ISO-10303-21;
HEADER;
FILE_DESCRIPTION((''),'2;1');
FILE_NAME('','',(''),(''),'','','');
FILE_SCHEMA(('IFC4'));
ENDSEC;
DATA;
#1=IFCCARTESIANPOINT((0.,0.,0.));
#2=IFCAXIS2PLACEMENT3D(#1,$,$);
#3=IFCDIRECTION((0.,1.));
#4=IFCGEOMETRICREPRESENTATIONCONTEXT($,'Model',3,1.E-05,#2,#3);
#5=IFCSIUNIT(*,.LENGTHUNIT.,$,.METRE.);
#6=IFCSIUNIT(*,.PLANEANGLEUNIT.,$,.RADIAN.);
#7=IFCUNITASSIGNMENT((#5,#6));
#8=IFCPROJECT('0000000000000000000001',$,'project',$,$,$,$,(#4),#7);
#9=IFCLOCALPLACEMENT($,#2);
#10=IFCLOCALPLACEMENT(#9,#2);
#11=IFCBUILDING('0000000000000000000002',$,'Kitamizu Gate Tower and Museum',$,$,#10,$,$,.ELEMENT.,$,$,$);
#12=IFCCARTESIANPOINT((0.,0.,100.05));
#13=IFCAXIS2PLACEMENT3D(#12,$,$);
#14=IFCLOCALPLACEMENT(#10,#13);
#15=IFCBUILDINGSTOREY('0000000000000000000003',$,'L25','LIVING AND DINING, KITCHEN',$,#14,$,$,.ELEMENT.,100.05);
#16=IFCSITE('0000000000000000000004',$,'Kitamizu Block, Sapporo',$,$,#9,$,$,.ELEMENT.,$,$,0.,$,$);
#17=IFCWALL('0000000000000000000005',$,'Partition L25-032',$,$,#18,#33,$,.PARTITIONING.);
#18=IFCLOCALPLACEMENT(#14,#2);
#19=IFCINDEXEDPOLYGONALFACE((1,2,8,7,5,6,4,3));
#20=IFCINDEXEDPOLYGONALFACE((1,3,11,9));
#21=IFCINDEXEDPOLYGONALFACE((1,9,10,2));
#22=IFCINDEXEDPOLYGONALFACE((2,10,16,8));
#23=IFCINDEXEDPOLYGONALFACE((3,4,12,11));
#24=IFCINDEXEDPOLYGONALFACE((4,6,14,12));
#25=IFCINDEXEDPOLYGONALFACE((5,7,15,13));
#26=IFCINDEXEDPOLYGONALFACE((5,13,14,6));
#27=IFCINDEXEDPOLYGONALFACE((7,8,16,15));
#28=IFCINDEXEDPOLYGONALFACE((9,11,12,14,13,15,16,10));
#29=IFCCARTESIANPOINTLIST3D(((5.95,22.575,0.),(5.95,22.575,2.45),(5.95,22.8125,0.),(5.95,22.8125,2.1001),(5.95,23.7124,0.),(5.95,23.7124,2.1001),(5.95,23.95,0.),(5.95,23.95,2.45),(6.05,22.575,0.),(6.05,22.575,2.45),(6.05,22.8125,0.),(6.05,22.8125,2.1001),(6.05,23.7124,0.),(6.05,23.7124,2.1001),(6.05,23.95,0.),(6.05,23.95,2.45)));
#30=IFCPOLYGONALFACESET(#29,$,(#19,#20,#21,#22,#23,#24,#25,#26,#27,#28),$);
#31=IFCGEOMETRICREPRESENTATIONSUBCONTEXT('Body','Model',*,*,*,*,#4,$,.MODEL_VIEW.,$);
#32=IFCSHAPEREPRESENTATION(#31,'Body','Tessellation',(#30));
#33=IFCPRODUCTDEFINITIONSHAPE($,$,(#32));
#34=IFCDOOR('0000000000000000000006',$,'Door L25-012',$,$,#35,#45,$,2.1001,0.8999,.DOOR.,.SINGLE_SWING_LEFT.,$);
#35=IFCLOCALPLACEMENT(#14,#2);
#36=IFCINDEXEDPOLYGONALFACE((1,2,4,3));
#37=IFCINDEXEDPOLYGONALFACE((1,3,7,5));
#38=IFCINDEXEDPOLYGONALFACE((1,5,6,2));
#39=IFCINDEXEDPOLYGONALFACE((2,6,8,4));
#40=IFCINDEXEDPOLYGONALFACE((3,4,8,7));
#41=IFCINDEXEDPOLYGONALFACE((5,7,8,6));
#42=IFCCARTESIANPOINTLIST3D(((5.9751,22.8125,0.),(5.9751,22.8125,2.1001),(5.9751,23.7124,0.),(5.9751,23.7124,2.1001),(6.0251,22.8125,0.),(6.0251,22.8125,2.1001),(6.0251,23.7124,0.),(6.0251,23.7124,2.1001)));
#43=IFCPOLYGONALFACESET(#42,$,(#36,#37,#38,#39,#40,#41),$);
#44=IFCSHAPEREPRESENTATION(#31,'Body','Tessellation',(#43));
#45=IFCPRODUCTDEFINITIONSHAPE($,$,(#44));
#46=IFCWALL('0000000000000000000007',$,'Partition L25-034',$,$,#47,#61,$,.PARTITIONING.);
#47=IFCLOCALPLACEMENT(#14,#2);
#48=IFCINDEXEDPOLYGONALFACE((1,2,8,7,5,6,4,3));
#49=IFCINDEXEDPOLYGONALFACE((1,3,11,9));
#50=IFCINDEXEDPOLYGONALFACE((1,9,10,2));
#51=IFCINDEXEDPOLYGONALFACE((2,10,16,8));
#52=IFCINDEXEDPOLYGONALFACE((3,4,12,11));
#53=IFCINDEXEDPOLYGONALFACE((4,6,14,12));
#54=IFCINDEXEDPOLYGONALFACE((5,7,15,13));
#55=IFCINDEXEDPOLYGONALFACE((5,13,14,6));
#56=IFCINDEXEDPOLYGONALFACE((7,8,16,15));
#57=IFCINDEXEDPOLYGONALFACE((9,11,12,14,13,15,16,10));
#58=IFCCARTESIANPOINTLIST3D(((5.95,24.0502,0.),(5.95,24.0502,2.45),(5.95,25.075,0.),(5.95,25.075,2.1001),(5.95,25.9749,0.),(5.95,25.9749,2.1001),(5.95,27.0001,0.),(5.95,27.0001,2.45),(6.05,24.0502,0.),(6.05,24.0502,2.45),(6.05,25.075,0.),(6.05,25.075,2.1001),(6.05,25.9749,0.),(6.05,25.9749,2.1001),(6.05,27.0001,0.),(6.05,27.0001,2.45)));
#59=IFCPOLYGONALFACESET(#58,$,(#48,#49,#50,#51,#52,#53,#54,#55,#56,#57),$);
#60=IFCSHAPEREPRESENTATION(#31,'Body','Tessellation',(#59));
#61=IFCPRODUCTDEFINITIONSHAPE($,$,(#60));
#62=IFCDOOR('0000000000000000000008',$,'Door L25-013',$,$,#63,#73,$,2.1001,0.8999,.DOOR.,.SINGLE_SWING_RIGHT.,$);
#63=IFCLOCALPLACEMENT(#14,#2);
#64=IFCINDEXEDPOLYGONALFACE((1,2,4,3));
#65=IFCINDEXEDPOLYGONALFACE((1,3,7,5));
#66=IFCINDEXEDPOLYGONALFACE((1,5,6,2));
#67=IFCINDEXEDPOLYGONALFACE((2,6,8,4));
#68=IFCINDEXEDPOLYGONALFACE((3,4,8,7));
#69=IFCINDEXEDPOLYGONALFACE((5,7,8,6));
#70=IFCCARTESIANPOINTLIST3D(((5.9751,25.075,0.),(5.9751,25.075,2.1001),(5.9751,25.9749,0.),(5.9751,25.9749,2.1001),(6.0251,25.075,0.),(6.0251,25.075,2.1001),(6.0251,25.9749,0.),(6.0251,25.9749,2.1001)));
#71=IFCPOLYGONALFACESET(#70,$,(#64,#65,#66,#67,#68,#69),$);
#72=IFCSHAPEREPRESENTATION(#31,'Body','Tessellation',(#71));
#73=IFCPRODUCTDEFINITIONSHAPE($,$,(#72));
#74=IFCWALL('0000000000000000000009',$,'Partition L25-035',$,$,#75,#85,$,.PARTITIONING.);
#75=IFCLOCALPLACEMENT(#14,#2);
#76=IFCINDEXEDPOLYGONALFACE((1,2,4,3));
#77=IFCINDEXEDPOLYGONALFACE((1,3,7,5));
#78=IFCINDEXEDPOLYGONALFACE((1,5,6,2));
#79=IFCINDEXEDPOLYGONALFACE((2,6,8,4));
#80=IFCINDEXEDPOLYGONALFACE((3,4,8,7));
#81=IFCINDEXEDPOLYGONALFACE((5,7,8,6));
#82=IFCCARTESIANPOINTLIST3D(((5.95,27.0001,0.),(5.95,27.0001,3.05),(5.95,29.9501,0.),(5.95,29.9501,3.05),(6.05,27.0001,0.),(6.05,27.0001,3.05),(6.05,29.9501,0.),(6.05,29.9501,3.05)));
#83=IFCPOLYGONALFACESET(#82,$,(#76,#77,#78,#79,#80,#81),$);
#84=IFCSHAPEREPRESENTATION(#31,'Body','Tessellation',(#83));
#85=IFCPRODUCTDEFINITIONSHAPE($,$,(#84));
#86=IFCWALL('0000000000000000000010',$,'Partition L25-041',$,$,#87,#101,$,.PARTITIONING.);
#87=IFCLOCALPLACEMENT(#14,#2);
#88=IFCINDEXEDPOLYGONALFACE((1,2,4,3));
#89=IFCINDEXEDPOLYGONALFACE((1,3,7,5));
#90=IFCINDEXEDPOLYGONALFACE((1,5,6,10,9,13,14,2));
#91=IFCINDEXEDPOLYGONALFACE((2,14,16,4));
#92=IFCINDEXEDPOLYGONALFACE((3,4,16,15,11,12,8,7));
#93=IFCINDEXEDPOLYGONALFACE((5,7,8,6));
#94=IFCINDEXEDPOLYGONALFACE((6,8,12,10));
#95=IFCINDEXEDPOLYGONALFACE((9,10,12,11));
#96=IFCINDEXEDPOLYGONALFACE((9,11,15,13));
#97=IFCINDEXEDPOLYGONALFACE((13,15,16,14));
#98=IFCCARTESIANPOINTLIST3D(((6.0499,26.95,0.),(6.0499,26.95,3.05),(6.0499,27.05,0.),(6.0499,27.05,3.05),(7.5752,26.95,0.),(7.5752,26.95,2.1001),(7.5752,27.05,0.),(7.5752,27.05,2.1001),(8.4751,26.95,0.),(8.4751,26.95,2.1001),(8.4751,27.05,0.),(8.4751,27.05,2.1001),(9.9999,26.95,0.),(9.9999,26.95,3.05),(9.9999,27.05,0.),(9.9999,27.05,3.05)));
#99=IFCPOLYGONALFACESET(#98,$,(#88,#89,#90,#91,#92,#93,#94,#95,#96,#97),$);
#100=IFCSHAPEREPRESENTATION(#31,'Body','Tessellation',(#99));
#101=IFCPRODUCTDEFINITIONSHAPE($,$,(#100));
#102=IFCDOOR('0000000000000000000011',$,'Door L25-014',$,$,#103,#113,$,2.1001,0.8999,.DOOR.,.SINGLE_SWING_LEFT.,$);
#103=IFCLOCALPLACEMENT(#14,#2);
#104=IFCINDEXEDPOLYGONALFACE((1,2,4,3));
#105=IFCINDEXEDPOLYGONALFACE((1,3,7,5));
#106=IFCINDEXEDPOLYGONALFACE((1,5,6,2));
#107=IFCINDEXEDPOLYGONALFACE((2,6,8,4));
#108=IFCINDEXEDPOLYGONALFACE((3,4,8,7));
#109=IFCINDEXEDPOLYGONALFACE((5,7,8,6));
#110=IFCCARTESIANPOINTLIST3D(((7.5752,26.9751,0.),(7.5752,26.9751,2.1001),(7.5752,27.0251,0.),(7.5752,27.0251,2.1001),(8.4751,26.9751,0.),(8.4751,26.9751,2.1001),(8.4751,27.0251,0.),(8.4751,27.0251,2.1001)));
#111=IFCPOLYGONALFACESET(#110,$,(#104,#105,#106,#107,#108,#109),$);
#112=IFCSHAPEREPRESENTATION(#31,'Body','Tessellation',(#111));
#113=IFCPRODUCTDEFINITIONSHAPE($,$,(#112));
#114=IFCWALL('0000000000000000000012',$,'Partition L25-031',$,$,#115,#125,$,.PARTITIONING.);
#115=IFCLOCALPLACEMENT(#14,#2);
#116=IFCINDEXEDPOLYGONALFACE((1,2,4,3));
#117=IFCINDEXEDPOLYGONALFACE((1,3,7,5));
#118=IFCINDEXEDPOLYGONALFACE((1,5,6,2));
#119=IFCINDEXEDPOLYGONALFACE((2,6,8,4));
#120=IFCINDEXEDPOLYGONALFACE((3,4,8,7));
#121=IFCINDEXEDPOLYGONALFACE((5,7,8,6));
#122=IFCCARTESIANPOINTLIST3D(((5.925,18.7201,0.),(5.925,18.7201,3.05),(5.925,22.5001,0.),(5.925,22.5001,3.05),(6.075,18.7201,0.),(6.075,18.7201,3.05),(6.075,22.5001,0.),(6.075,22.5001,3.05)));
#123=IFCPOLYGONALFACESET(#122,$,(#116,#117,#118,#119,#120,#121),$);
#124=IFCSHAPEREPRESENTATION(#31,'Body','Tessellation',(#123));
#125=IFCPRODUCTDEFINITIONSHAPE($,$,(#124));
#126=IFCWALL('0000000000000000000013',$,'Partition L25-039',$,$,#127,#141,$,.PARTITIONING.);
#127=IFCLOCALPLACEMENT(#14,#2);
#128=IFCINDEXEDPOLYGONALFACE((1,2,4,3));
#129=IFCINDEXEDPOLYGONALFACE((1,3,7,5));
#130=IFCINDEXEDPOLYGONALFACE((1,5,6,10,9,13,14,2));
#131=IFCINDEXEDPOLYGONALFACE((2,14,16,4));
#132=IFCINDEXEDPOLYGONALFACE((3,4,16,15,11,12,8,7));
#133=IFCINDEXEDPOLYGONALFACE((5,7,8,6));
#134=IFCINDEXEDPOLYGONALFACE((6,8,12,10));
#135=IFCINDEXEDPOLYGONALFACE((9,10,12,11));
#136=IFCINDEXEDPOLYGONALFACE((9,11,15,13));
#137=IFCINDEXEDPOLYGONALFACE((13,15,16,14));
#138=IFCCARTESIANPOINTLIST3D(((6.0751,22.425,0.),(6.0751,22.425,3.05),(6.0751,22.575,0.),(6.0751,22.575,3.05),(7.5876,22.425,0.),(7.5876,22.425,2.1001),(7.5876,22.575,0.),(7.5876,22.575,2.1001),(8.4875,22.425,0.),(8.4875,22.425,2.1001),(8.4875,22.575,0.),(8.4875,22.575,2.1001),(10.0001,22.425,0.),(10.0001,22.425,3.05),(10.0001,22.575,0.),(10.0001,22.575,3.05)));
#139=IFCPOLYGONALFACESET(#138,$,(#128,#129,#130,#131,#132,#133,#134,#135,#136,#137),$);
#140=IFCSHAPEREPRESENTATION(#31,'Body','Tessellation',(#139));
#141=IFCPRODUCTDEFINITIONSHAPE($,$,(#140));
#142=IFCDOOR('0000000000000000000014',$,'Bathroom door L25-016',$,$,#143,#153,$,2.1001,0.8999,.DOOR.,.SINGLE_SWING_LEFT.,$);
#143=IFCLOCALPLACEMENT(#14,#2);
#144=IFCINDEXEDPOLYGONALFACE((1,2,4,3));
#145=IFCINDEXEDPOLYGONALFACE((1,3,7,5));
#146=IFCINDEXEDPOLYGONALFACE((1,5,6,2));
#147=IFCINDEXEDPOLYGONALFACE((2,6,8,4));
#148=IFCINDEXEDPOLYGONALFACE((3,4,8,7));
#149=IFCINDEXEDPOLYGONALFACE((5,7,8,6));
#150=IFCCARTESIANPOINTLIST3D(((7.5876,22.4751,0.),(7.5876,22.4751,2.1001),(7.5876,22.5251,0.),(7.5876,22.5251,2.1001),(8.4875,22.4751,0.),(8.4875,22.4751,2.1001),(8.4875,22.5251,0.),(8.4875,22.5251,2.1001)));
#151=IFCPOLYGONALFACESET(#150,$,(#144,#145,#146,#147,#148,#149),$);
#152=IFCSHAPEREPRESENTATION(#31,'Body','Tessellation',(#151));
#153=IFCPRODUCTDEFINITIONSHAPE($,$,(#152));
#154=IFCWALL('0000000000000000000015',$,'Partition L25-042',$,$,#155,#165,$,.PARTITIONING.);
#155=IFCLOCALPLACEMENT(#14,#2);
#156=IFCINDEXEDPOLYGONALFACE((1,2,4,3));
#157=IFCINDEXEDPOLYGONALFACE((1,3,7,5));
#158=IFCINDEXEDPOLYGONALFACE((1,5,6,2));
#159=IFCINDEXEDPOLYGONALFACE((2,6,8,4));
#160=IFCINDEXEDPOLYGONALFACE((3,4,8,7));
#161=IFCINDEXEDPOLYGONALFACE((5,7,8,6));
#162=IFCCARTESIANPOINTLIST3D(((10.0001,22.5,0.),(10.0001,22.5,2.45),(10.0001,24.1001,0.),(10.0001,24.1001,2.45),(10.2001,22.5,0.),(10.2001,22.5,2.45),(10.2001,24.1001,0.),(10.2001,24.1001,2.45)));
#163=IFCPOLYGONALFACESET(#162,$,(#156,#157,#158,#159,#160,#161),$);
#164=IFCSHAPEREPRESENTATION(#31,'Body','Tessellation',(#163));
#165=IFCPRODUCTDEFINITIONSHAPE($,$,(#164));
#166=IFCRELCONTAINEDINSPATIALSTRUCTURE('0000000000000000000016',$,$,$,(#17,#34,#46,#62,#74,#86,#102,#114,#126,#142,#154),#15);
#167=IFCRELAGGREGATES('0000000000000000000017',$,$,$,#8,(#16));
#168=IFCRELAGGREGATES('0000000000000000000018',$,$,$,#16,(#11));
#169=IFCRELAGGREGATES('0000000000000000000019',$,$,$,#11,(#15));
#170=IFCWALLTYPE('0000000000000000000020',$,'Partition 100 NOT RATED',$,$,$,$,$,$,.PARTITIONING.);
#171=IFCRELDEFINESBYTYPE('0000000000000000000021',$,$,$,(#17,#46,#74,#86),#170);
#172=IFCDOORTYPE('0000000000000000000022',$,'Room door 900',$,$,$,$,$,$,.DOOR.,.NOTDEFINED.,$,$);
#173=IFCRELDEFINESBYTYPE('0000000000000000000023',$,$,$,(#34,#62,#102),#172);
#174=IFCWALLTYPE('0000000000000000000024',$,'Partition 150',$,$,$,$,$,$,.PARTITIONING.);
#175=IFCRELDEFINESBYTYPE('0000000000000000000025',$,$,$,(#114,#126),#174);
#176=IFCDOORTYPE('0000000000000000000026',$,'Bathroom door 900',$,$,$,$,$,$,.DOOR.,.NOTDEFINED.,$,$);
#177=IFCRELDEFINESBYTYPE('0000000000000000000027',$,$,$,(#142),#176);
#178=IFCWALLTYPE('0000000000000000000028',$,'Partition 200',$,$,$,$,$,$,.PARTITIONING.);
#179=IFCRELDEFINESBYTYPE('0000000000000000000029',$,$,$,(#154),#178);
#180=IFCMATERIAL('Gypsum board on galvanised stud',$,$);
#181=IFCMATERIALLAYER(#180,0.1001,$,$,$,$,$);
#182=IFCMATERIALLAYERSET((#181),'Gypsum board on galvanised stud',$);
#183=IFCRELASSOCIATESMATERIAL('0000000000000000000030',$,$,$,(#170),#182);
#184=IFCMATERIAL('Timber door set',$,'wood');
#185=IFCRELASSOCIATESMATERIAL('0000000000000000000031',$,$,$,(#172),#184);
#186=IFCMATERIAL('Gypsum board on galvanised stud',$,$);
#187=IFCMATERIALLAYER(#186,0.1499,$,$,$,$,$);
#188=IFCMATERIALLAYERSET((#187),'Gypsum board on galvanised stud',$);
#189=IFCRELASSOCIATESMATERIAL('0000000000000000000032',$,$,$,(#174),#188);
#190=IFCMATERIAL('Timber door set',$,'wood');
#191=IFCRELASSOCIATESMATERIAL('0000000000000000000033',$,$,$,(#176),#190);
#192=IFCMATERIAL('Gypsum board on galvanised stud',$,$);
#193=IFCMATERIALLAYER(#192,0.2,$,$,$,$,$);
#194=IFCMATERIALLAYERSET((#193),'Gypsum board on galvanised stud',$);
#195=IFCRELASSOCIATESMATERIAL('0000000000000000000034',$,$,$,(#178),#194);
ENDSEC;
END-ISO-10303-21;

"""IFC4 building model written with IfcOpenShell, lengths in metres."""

from ifc_helpers import new_model, si_unit, direction, frame, frame_2d, origin, place, context, subcontext, project, spatial, rectangle, extrude, material, layer, layer_set, type_object, element, fill, save


model = new_model("IFC4")

# Units and contexts
model_context = context("Model", 3, precision=1e-05, world=origin(), true_north=direction((0.0, 1.0)))
body_context = subcontext(model_context, "Body", "Model", "MODEL_VIEW")
ifc_project = project(units=[si_unit("LENGTHUNIT", "METRE"), si_unit("PLANEANGLEUNIT", "RADIAN")], contexts=[model_context])

# Site, building, storey
site_placement = place(None, origin())
site = spatial("IfcSite", under=ifc_project, at=site_placement, Name="Kitamizu Block, Sapporo", CompositionType="ELEMENT", RefElevation=0.0)
building_placement = place(site_placement, origin())
building = spatial("IfcBuilding", under=site, at=building_placement, Name="Kitamizu Gate Tower and Museum", CompositionType="ELEMENT")
storey_placement = place(building_placement, frame((0.0, 0.0, 100.05)))
storey = spatial("IfcBuildingStorey", under=building, at=storey_placement, Name="L25", Description="LIVING AND DINING, KITCHEN", CompositionType="ELEMENT", Elevation=100.05)

# Shared definitions
ifc_material_1 = material(Name="Gypsum board on galvanised stud")
ifc_layer_1 = layer(ifc_material_1, 0.1001)
ifc_layer_set_1 = layer_set([ifc_layer_1], Name="Gypsum board on galvanised stud")
wall_type_1 = type_object("IfcWallType", Name="Partition 100 NOT RATED", PredefinedType="PARTITIONING", material=ifc_layer_set_1)

# Walls, openings, doors
wall_1_placement = place(storey_placement, frame((6.0, 22.575, 0.0), z_axis=(0.0, 0.0, 1.0), x_axis=(0.0, 1.0, 0.0)))
wall_1 = element("IfcWall", 1, at=wall_1_placement, inside=storey, type_object=wall_type_1, Name="Partition L25-032", PredefinedType="PARTITIONING", context=body_context, shape_type="SweptSolid", body=[
    extrude(rectangle(XDim=1.375, YDim=0.1001, at=frame_2d((0.6875, 0.0))), origin(), (0.0, 0.0, 1.0), 2.45),
])
opening_1_placement = place(wall_1_placement, frame((0.2375, 0.0, 0.0)))
opening_1 = element("IfcOpeningElement", 2, at=opening_1_placement, cuts=wall_1, PredefinedType="OPENING", context=body_context, shape_type="SweptSolid", body=[
    extrude(rectangle(XDim=0.8999, YDim=2.1001, at=frame_2d((0.45, 1.05))), frame((0.0, 0.0601, 0.0), z_axis=(0.0, -1.0, 0.0), x_axis=(1.0, 0.0, 0.0)), (0.0, 0.0, 1.0), 0.1201),
])
ifc_material_2 = material(Name="Timber door set", Category="wood")
door_type_1 = type_object("IfcDoorType", Name="Room door 900", OperationType="NOTDEFINED", PredefinedType="DOOR", material=ifc_material_2)
door_1_placement = place(opening_1_placement, origin())
door_1 = element("IfcDoor", 3, at=door_1_placement, inside=storey, type_object=door_type_1, Name="Door L25-012", OperationType="SINGLE_SWING_LEFT", OverallHeight=2.1001, OverallWidth=0.8999, PredefinedType="DOOR", context=body_context, shape_type="SweptSolid", body=[
    extrude(rectangle(XDim=0.8999, YDim=2.1001, at=frame_2d((0.45, 1.05))), frame((0.0, 0.0249, 0.0), z_axis=(0.0, -1.0, 0.0), x_axis=(1.0, 0.0, 0.0)), (0.0, 0.0, 1.0), 0.05),
])
fill(opening_1, door_1)
wall_2_placement = place(storey_placement, frame((6.0, 24.05, 0.0), z_axis=(0.0, 0.0, 1.0), x_axis=(0.0, 1.0, 0.0)))
wall_2 = element("IfcWall", 4, at=wall_2_placement, inside=storey, type_object=wall_type_1, Name="Partition L25-034", PredefinedType="PARTITIONING", context=body_context, shape_type="SweptSolid", body=[
    extrude(rectangle(XDim=2.95, YDim=0.1001, at=frame_2d((1.4751, 0.0))), origin(), (0.0, 0.0, 1.0), 2.45),
])
opening_2_placement = place(wall_2_placement, frame((1.0249, 0.0, 0.0)))
opening_2 = element("IfcOpeningElement", 5, at=opening_2_placement, cuts=wall_2, PredefinedType="OPENING", context=body_context, shape_type="SweptSolid", body=[
    extrude(rectangle(XDim=0.8999, YDim=2.1001, at=frame_2d((0.45, 1.05))), frame((0.0, 0.0601, 0.0), z_axis=(0.0, -1.0, 0.0), x_axis=(1.0, 0.0, 0.0)), (0.0, 0.0, 1.0), 0.1201),
])
door_2_placement = place(opening_2_placement, origin())
door_2 = element("IfcDoor", 6, at=door_2_placement, inside=storey, type_object=door_type_1, Name="Door L25-013", OperationType="SINGLE_SWING_RIGHT", OverallHeight=2.1001, OverallWidth=0.8999, PredefinedType="DOOR", context=body_context, shape_type="SweptSolid", body=[
    extrude(rectangle(XDim=0.8999, YDim=2.1001, at=frame_2d((0.45, 1.05))), frame((0.0, 0.0249, 0.0), z_axis=(0.0, -1.0, 0.0), x_axis=(1.0, 0.0, 0.0)), (0.0, 0.0, 1.0), 0.05),
])
fill(opening_2, door_2)

# Wall
wall_3_placement = place(storey_placement, frame((6.0, 27.0, 0.0), z_axis=(0.0, 0.0, 1.0), x_axis=(0.0, 1.0, 0.0)))
element("IfcWall", 7, at=wall_3_placement, inside=storey, type_object=wall_type_1, Name="Partition L25-035", PredefinedType="PARTITIONING", context=body_context, shape_type="SweptSolid", body=[
    extrude(rectangle(XDim=2.95, YDim=0.1001, at=frame_2d((1.4751, 0.0))), origin(), (0.0, 0.0, 1.0), 3.05),
])

# Wall, opening, door
wall_4_placement = place(storey_placement, frame((10.0, 27.0, 0.0), z_axis=(0.0, 0.0, 1.0), x_axis=(-1.0, 0.0, 0.0)))
wall_4 = element("IfcWall", 8, at=wall_4_placement, inside=storey, type_object=wall_type_1, Name="Partition L25-041", PredefinedType="PARTITIONING", context=body_context, shape_type="SweptSolid", body=[
    extrude(rectangle(XDim=3.95, YDim=0.1001, at=frame_2d((1.9751, 0.0))), origin(), (0.0, 0.0, 1.0), 3.05),
])
opening_3_placement = place(wall_4_placement, frame((1.5249, 0.0, 0.0)))
opening_3 = element("IfcOpeningElement", 9, at=opening_3_placement, cuts=wall_4, PredefinedType="OPENING", context=body_context, shape_type="SweptSolid", body=[
    extrude(rectangle(XDim=0.8999, YDim=2.1001, at=frame_2d((0.45, 1.05))), frame((0.0, 0.0601, 0.0), z_axis=(0.0, -1.0, 0.0), x_axis=(1.0, 0.0, 0.0)), (0.0, 0.0, 1.0), 0.1201),
])
door_3_placement = place(opening_3_placement, origin())
door_3 = element("IfcDoor", 10, at=door_3_placement, inside=storey, type_object=door_type_1, Name="Door L25-014", OperationType="SINGLE_SWING_LEFT", OverallHeight=2.1001, OverallWidth=0.8999, PredefinedType="DOOR", context=body_context, shape_type="SweptSolid", body=[
    extrude(rectangle(XDim=0.8999, YDim=2.1001, at=frame_2d((0.45, 1.05))), frame((0.0, 0.0249, 0.0), z_axis=(0.0, -1.0, 0.0), x_axis=(1.0, 0.0, 0.0)), (0.0, 0.0, 1.0), 0.05),
])
fill(opening_3, door_3)

# Wall
ifc_material_3 = material(Name="Gypsum board on galvanised stud")
ifc_layer_2 = layer(ifc_material_3, 0.1499)
ifc_layer_set_2 = layer_set([ifc_layer_2], Name="Gypsum board on galvanised stud")
wall_type_2 = type_object("IfcWallType", Name="Partition 150", PredefinedType="PARTITIONING", material=ifc_layer_set_2)
wall_5_placement = place(storey_placement, frame((6.0, 18.72, 0.0), z_axis=(0.0, 0.0, 1.0), x_axis=(0.0, 1.0, 0.0)))
element("IfcWall", 11, at=wall_5_placement, inside=storey, type_object=wall_type_2, Name="Partition L25-031", PredefinedType="PARTITIONING", context=body_context, shape_type="SweptSolid", body=[
    extrude(rectangle(XDim=3.78, YDim=0.1499, at=frame_2d((1.8901, 0.0))), origin(), (0.0, 0.0, 1.0), 3.05),
])

# Wall, opening, door
wall_6_placement = place(storey_placement, frame((10.0, 22.5, 0.0), z_axis=(0.0, 0.0, 1.0), x_axis=(-1.0, 0.0, 0.0)))
wall_6 = element("IfcWall", 12, at=wall_6_placement, inside=storey, type_object=wall_type_2, Name="Partition L25-039", PredefinedType="PARTITIONING", context=body_context, shape_type="SweptSolid", body=[
    extrude(rectangle(XDim=3.925, YDim=0.1499, at=frame_2d((1.9624, 0.0))), origin(), (0.0, 0.0, 1.0), 3.05),
])
opening_4_placement = place(wall_6_placement, frame((1.5125, 0.0, 0.0)))
opening_4 = element("IfcOpeningElement", 13, at=opening_4_placement, cuts=wall_6, PredefinedType="OPENING", context=body_context, shape_type="SweptSolid", body=[
    extrude(rectangle(XDim=0.8999, YDim=2.1001, at=frame_2d((0.45, 1.05))), frame((0.0, 0.085, 0.0), z_axis=(0.0, -1.0, 0.0), x_axis=(1.0, 0.0, 0.0)), (0.0, 0.0, 1.0), 0.1699),
])
ifc_material_4 = material(Name="Timber door set", Category="wood")
door_type_2 = type_object("IfcDoorType", Name="Bathroom door 900", OperationType="NOTDEFINED", PredefinedType="DOOR", material=ifc_material_4)
door_4_placement = place(opening_4_placement, origin())
door_4 = element("IfcDoor", 14, at=door_4_placement, inside=storey, type_object=door_type_2, Name="Bathroom door L25-016", OperationType="SINGLE_SWING_LEFT", OverallHeight=2.1001, OverallWidth=0.8999, PredefinedType="DOOR", context=body_context, shape_type="SweptSolid", body=[
    extrude(rectangle(XDim=0.8999, YDim=2.1001, at=frame_2d((0.45, 1.05))), frame((0.0, 0.0249, 0.0), z_axis=(0.0, -1.0, 0.0), x_axis=(1.0, 0.0, 0.0)), (0.0, 0.0, 1.0), 0.05),
])
fill(opening_4, door_4)

# Wall
ifc_material_5 = material(Name="Gypsum board on galvanised stud")
ifc_layer_3 = layer(ifc_material_5, 0.2)
ifc_layer_set_3 = layer_set([ifc_layer_3], Name="Gypsum board on galvanised stud")
wall_type_3 = type_object("IfcWallType", Name="Partition 200", PredefinedType="PARTITIONING", material=ifc_layer_set_3)
wall_7_placement = place(storey_placement, frame((10.1001, 22.5, 0.0), z_axis=(0.0, 0.0, 1.0), x_axis=(0.0, 1.0, 0.0)))
element("IfcWall", 15, at=wall_7_placement, inside=storey, type_object=wall_type_3, Name="Partition L25-042", PredefinedType="PARTITIONING", context=body_context, shape_type="SweptSolid", body=[
    extrude(rectangle(XDim=1.6001, YDim=0.2, at=frame_2d((0.8, 0.0))), origin(), (0.0, 0.0, 1.0), 2.45),
])

save(model, "model.ifc")
